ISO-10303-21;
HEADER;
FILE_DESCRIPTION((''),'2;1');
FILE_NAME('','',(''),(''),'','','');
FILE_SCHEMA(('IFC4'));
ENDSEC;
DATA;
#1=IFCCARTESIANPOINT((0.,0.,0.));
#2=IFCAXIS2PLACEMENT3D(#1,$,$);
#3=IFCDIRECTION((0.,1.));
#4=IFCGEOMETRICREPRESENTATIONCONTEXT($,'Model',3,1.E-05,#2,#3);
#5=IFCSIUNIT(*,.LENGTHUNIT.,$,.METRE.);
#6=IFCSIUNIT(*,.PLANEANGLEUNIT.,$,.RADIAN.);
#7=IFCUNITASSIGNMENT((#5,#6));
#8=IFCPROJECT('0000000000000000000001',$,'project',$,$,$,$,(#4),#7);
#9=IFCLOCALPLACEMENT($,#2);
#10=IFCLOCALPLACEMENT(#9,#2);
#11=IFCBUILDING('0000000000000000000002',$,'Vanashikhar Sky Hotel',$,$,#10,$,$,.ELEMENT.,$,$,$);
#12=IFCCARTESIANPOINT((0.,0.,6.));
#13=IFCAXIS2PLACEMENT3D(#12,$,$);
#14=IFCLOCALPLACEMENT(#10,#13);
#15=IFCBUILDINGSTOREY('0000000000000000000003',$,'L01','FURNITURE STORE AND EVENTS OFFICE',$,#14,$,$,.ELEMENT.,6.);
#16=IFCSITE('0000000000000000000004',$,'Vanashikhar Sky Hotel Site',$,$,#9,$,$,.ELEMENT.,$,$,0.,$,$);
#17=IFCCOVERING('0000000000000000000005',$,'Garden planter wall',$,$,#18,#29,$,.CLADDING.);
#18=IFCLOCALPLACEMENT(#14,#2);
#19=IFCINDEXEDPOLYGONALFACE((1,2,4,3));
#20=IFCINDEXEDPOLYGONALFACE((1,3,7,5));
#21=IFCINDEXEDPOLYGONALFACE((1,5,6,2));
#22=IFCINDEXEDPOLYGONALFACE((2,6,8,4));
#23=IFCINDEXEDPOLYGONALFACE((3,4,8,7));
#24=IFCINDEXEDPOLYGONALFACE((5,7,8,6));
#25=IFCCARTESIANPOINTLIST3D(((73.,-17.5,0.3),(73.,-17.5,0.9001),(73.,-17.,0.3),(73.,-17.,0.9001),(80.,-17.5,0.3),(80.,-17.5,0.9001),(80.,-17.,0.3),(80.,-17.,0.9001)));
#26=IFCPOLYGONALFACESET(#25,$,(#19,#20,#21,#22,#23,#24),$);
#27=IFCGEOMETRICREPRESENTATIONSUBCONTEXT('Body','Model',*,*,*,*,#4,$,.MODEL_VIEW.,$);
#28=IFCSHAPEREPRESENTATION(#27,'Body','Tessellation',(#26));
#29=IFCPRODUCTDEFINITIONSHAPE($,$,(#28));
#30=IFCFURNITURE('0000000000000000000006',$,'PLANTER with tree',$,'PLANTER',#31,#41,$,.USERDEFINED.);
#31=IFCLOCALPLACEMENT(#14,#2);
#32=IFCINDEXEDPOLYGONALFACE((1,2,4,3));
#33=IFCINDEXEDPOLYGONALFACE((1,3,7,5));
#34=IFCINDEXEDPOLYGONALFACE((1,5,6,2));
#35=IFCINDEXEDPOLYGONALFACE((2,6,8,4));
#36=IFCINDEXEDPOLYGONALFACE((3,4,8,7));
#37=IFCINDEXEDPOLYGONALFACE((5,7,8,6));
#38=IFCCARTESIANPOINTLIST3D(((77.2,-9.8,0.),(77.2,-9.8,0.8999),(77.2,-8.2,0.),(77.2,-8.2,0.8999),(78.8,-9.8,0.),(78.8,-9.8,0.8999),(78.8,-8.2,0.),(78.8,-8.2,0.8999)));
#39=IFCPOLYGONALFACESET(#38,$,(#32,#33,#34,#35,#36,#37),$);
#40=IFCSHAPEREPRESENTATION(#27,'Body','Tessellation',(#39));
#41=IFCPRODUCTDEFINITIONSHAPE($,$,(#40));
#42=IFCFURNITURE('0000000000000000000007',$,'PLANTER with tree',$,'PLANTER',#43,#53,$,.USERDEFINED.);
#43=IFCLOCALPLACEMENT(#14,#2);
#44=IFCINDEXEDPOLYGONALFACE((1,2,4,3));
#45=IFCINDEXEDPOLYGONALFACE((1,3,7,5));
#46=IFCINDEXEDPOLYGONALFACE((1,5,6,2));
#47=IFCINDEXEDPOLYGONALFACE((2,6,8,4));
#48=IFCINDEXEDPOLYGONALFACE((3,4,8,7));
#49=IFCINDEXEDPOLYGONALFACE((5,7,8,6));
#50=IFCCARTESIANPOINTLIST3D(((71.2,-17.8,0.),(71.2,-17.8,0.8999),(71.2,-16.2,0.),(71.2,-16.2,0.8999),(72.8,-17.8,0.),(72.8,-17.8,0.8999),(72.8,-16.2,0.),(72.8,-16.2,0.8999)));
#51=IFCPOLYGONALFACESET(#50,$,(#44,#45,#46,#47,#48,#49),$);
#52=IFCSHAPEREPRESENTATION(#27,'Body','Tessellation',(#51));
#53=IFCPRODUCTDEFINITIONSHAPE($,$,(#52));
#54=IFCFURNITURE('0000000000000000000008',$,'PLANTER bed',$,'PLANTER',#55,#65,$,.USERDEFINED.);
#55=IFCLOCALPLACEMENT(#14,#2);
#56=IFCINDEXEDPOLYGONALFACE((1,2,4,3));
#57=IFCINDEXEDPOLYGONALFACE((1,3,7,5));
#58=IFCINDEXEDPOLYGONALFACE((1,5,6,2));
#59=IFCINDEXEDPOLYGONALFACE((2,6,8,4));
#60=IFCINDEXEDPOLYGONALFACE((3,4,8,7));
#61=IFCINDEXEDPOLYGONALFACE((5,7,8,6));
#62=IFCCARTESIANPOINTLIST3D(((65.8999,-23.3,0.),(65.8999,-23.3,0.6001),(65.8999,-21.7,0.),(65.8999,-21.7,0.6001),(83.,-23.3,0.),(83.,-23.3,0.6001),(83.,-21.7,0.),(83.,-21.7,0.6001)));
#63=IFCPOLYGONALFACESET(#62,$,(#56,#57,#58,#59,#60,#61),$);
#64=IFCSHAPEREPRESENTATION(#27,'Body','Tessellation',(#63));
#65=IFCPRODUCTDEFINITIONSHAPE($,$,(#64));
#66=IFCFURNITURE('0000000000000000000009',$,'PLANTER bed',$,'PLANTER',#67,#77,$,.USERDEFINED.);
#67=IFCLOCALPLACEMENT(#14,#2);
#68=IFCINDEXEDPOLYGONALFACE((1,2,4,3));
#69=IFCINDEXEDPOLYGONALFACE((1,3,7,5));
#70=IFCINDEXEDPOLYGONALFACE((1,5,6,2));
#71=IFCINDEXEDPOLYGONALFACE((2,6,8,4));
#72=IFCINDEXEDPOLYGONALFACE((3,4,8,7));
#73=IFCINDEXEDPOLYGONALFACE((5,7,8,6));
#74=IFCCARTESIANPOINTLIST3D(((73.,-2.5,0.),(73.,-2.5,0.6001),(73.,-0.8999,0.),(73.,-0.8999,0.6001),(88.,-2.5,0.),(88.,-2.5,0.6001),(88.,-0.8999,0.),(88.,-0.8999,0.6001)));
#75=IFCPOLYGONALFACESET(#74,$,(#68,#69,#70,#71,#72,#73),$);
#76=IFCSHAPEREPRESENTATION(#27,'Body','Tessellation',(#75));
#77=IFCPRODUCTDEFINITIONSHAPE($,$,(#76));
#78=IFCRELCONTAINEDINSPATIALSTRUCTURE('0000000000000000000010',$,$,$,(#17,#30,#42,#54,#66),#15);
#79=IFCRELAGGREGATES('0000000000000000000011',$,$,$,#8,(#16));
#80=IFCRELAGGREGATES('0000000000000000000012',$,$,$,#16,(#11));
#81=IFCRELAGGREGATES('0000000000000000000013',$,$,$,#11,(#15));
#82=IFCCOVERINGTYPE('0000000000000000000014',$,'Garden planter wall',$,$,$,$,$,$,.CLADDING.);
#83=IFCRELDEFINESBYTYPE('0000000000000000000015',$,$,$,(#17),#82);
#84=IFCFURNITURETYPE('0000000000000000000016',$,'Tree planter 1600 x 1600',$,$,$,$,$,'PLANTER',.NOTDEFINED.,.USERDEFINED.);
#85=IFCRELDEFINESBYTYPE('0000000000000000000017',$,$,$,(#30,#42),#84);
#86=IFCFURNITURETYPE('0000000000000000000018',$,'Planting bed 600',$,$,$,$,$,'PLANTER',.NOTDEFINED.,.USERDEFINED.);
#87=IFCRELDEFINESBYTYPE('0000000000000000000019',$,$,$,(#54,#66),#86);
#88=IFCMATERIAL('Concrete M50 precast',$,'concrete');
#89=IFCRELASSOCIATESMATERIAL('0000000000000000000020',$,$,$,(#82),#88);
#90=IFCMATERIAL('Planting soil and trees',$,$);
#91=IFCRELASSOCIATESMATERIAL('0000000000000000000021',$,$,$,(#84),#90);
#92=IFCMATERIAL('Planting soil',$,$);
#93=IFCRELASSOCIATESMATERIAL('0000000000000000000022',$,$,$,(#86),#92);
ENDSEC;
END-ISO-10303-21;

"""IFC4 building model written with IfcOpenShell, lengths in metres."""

from ifc_helpers import new_model, si_unit, direction, frame, origin, origin_2d, place, context, subcontext, project, spatial, rectangle, extrude, source, transform, mapped, material, type_object, element, save


model = new_model("IFC4")

# Units and contexts
model_context = context("Model", 3, precision=1e-05, world=origin(), true_north=direction((0.0, 1.0)))
body_context = subcontext(model_context, "Body", "Model", "MODEL_VIEW")
ifc_project = project(units=[si_unit("LENGTHUNIT", "METRE"), si_unit("PLANEANGLEUNIT", "RADIAN")], contexts=[model_context])

# Site, building, storey
site_placement = place(None, origin())
site = spatial("IfcSite", under=ifc_project, at=site_placement, Name="Vanashikhar Sky Hotel Site", CompositionType="ELEMENT", RefElevation=0.0)
building_placement = place(site_placement, origin())
building = spatial("IfcBuilding", under=site, at=building_placement, Name="Vanashikhar Sky Hotel", CompositionType="ELEMENT")
storey_placement = place(building_placement, frame((0.0, 0.0, 6.0)))
storey = spatial("IfcBuildingStorey", under=building, at=storey_placement, Name="L01", Description="FURNITURE STORE AND EVENTS OFFICE", CompositionType="ELEMENT", Elevation=6.0)

# Covering
ifc_material_1 = material(Name="Concrete M50 precast", Category="concrete")
covering_type_1 = type_object("IfcCoveringType", Name="Garden planter wall", PredefinedType="CLADDING", material=ifc_material_1)
shared_shape_1 = source(origin(), body_context, "Body", "SweptSolid", [
    extrude(rectangle(XDim=7.0, YDim=0.5, at=origin_2d()), origin(), (0.0, 0.0, 1.0), 0.6001),
])
covering_1_placement = place(storey_placement, frame((76.5, -17.25, 0.3), z_axis=(0.0, 0.0, 1.0), x_axis=(1.0, 0.0, 0.0)))
element("IfcCovering", 1, at=covering_1_placement, inside=storey, type_object=covering_type_1, Name="Garden planter wall", PredefinedType="CLADDING", context=body_context, shape_type="MappedRepresentation", body=[
    mapped(shared_shape_1, transform((0.0, 0.0, 0.0), scale=1.0)),
])

# Furniture
ifc_material_2 = material(Name="Planting soil and trees")
furniture_type_1 = type_object("IfcFurnitureType", Name="Tree planter 1600 x 1600", ElementType="PLANTER", AssemblyPlace="NOTDEFINED", PredefinedType="USERDEFINED", material=ifc_material_2)
shared_shape_2 = source(origin(), body_context, "Body", "SweptSolid", [
    extrude(rectangle(XDim=1.6001, YDim=1.6001, at=origin_2d()), origin(), (0.0, 0.0, 1.0), 0.8999),
])
for number, where, z_axis, x_axis, name in (
    (2, (78.0, -9.0, 0.0), (0.0, 0.0, 1.0), (1.0, 0.0, 0.0), "PLANTER with tree"),
    (3, (72.0, -17.0, 0.0), (0.0, 0.0, 1.0), (1.0, 0.0, 0.0), "PLANTER with tree"),
):
    element("IfcFurniture", number, at=place(storey_placement, frame(where, z_axis=z_axis, x_axis=x_axis)), inside=storey, type_object=furniture_type_1, Name=name, ObjectType="PLANTER", PredefinedType="USERDEFINED", context=body_context, shape_type="MappedRepresentation", body=[
        mapped(shared_shape_2, transform((0.0, 0.0, 0.0), scale=1.0)),
    ])
ifc_material_3 = material(Name="Planting soil")
furniture_type_2 = type_object("IfcFurnitureType", Name="Planting bed 600", ElementType="PLANTER", AssemblyPlace="NOTDEFINED", PredefinedType="USERDEFINED", material=ifc_material_3)
shared_shape_3 = source(origin(), body_context, "Body", "SweptSolid", [
    extrude(rectangle(XDim=17.1001, YDim=1.6001, at=origin_2d()), origin(), (0.0, 0.0, 1.0), 0.6001),
])
furniture_1_placement = place(storey_placement, frame((74.45, -22.5, 0.0), z_axis=(0.0, 0.0, 1.0), x_axis=(1.0, 0.0, 0.0)))
element("IfcFurniture", 4, at=furniture_1_placement, inside=storey, type_object=furniture_type_2, Name="PLANTER bed", ObjectType="PLANTER", PredefinedType="USERDEFINED", context=body_context, shape_type="MappedRepresentation", body=[
    mapped(shared_shape_3, transform((0.0, 0.0, 0.0), scale=1.0)),
])
shared_shape_4 = source(origin(), body_context, "Body", "SweptSolid", [
    extrude(rectangle(XDim=15.0, YDim=1.6001, at=origin_2d()), origin(), (0.0, 0.0, 1.0), 0.6001),
])
furniture_2_placement = place(storey_placement, frame((80.5, -1.7, 0.0), z_axis=(0.0, 0.0, 1.0), x_axis=(1.0, 0.0, 0.0)))
element("IfcFurniture", 5, at=furniture_2_placement, inside=storey, type_object=furniture_type_2, Name="PLANTER bed", ObjectType="PLANTER", PredefinedType="USERDEFINED", context=body_context, shape_type="MappedRepresentation", body=[
    mapped(shared_shape_4, transform((0.0, 0.0, 0.0), scale=1.0)),
])

save(model, "model.ifc")
